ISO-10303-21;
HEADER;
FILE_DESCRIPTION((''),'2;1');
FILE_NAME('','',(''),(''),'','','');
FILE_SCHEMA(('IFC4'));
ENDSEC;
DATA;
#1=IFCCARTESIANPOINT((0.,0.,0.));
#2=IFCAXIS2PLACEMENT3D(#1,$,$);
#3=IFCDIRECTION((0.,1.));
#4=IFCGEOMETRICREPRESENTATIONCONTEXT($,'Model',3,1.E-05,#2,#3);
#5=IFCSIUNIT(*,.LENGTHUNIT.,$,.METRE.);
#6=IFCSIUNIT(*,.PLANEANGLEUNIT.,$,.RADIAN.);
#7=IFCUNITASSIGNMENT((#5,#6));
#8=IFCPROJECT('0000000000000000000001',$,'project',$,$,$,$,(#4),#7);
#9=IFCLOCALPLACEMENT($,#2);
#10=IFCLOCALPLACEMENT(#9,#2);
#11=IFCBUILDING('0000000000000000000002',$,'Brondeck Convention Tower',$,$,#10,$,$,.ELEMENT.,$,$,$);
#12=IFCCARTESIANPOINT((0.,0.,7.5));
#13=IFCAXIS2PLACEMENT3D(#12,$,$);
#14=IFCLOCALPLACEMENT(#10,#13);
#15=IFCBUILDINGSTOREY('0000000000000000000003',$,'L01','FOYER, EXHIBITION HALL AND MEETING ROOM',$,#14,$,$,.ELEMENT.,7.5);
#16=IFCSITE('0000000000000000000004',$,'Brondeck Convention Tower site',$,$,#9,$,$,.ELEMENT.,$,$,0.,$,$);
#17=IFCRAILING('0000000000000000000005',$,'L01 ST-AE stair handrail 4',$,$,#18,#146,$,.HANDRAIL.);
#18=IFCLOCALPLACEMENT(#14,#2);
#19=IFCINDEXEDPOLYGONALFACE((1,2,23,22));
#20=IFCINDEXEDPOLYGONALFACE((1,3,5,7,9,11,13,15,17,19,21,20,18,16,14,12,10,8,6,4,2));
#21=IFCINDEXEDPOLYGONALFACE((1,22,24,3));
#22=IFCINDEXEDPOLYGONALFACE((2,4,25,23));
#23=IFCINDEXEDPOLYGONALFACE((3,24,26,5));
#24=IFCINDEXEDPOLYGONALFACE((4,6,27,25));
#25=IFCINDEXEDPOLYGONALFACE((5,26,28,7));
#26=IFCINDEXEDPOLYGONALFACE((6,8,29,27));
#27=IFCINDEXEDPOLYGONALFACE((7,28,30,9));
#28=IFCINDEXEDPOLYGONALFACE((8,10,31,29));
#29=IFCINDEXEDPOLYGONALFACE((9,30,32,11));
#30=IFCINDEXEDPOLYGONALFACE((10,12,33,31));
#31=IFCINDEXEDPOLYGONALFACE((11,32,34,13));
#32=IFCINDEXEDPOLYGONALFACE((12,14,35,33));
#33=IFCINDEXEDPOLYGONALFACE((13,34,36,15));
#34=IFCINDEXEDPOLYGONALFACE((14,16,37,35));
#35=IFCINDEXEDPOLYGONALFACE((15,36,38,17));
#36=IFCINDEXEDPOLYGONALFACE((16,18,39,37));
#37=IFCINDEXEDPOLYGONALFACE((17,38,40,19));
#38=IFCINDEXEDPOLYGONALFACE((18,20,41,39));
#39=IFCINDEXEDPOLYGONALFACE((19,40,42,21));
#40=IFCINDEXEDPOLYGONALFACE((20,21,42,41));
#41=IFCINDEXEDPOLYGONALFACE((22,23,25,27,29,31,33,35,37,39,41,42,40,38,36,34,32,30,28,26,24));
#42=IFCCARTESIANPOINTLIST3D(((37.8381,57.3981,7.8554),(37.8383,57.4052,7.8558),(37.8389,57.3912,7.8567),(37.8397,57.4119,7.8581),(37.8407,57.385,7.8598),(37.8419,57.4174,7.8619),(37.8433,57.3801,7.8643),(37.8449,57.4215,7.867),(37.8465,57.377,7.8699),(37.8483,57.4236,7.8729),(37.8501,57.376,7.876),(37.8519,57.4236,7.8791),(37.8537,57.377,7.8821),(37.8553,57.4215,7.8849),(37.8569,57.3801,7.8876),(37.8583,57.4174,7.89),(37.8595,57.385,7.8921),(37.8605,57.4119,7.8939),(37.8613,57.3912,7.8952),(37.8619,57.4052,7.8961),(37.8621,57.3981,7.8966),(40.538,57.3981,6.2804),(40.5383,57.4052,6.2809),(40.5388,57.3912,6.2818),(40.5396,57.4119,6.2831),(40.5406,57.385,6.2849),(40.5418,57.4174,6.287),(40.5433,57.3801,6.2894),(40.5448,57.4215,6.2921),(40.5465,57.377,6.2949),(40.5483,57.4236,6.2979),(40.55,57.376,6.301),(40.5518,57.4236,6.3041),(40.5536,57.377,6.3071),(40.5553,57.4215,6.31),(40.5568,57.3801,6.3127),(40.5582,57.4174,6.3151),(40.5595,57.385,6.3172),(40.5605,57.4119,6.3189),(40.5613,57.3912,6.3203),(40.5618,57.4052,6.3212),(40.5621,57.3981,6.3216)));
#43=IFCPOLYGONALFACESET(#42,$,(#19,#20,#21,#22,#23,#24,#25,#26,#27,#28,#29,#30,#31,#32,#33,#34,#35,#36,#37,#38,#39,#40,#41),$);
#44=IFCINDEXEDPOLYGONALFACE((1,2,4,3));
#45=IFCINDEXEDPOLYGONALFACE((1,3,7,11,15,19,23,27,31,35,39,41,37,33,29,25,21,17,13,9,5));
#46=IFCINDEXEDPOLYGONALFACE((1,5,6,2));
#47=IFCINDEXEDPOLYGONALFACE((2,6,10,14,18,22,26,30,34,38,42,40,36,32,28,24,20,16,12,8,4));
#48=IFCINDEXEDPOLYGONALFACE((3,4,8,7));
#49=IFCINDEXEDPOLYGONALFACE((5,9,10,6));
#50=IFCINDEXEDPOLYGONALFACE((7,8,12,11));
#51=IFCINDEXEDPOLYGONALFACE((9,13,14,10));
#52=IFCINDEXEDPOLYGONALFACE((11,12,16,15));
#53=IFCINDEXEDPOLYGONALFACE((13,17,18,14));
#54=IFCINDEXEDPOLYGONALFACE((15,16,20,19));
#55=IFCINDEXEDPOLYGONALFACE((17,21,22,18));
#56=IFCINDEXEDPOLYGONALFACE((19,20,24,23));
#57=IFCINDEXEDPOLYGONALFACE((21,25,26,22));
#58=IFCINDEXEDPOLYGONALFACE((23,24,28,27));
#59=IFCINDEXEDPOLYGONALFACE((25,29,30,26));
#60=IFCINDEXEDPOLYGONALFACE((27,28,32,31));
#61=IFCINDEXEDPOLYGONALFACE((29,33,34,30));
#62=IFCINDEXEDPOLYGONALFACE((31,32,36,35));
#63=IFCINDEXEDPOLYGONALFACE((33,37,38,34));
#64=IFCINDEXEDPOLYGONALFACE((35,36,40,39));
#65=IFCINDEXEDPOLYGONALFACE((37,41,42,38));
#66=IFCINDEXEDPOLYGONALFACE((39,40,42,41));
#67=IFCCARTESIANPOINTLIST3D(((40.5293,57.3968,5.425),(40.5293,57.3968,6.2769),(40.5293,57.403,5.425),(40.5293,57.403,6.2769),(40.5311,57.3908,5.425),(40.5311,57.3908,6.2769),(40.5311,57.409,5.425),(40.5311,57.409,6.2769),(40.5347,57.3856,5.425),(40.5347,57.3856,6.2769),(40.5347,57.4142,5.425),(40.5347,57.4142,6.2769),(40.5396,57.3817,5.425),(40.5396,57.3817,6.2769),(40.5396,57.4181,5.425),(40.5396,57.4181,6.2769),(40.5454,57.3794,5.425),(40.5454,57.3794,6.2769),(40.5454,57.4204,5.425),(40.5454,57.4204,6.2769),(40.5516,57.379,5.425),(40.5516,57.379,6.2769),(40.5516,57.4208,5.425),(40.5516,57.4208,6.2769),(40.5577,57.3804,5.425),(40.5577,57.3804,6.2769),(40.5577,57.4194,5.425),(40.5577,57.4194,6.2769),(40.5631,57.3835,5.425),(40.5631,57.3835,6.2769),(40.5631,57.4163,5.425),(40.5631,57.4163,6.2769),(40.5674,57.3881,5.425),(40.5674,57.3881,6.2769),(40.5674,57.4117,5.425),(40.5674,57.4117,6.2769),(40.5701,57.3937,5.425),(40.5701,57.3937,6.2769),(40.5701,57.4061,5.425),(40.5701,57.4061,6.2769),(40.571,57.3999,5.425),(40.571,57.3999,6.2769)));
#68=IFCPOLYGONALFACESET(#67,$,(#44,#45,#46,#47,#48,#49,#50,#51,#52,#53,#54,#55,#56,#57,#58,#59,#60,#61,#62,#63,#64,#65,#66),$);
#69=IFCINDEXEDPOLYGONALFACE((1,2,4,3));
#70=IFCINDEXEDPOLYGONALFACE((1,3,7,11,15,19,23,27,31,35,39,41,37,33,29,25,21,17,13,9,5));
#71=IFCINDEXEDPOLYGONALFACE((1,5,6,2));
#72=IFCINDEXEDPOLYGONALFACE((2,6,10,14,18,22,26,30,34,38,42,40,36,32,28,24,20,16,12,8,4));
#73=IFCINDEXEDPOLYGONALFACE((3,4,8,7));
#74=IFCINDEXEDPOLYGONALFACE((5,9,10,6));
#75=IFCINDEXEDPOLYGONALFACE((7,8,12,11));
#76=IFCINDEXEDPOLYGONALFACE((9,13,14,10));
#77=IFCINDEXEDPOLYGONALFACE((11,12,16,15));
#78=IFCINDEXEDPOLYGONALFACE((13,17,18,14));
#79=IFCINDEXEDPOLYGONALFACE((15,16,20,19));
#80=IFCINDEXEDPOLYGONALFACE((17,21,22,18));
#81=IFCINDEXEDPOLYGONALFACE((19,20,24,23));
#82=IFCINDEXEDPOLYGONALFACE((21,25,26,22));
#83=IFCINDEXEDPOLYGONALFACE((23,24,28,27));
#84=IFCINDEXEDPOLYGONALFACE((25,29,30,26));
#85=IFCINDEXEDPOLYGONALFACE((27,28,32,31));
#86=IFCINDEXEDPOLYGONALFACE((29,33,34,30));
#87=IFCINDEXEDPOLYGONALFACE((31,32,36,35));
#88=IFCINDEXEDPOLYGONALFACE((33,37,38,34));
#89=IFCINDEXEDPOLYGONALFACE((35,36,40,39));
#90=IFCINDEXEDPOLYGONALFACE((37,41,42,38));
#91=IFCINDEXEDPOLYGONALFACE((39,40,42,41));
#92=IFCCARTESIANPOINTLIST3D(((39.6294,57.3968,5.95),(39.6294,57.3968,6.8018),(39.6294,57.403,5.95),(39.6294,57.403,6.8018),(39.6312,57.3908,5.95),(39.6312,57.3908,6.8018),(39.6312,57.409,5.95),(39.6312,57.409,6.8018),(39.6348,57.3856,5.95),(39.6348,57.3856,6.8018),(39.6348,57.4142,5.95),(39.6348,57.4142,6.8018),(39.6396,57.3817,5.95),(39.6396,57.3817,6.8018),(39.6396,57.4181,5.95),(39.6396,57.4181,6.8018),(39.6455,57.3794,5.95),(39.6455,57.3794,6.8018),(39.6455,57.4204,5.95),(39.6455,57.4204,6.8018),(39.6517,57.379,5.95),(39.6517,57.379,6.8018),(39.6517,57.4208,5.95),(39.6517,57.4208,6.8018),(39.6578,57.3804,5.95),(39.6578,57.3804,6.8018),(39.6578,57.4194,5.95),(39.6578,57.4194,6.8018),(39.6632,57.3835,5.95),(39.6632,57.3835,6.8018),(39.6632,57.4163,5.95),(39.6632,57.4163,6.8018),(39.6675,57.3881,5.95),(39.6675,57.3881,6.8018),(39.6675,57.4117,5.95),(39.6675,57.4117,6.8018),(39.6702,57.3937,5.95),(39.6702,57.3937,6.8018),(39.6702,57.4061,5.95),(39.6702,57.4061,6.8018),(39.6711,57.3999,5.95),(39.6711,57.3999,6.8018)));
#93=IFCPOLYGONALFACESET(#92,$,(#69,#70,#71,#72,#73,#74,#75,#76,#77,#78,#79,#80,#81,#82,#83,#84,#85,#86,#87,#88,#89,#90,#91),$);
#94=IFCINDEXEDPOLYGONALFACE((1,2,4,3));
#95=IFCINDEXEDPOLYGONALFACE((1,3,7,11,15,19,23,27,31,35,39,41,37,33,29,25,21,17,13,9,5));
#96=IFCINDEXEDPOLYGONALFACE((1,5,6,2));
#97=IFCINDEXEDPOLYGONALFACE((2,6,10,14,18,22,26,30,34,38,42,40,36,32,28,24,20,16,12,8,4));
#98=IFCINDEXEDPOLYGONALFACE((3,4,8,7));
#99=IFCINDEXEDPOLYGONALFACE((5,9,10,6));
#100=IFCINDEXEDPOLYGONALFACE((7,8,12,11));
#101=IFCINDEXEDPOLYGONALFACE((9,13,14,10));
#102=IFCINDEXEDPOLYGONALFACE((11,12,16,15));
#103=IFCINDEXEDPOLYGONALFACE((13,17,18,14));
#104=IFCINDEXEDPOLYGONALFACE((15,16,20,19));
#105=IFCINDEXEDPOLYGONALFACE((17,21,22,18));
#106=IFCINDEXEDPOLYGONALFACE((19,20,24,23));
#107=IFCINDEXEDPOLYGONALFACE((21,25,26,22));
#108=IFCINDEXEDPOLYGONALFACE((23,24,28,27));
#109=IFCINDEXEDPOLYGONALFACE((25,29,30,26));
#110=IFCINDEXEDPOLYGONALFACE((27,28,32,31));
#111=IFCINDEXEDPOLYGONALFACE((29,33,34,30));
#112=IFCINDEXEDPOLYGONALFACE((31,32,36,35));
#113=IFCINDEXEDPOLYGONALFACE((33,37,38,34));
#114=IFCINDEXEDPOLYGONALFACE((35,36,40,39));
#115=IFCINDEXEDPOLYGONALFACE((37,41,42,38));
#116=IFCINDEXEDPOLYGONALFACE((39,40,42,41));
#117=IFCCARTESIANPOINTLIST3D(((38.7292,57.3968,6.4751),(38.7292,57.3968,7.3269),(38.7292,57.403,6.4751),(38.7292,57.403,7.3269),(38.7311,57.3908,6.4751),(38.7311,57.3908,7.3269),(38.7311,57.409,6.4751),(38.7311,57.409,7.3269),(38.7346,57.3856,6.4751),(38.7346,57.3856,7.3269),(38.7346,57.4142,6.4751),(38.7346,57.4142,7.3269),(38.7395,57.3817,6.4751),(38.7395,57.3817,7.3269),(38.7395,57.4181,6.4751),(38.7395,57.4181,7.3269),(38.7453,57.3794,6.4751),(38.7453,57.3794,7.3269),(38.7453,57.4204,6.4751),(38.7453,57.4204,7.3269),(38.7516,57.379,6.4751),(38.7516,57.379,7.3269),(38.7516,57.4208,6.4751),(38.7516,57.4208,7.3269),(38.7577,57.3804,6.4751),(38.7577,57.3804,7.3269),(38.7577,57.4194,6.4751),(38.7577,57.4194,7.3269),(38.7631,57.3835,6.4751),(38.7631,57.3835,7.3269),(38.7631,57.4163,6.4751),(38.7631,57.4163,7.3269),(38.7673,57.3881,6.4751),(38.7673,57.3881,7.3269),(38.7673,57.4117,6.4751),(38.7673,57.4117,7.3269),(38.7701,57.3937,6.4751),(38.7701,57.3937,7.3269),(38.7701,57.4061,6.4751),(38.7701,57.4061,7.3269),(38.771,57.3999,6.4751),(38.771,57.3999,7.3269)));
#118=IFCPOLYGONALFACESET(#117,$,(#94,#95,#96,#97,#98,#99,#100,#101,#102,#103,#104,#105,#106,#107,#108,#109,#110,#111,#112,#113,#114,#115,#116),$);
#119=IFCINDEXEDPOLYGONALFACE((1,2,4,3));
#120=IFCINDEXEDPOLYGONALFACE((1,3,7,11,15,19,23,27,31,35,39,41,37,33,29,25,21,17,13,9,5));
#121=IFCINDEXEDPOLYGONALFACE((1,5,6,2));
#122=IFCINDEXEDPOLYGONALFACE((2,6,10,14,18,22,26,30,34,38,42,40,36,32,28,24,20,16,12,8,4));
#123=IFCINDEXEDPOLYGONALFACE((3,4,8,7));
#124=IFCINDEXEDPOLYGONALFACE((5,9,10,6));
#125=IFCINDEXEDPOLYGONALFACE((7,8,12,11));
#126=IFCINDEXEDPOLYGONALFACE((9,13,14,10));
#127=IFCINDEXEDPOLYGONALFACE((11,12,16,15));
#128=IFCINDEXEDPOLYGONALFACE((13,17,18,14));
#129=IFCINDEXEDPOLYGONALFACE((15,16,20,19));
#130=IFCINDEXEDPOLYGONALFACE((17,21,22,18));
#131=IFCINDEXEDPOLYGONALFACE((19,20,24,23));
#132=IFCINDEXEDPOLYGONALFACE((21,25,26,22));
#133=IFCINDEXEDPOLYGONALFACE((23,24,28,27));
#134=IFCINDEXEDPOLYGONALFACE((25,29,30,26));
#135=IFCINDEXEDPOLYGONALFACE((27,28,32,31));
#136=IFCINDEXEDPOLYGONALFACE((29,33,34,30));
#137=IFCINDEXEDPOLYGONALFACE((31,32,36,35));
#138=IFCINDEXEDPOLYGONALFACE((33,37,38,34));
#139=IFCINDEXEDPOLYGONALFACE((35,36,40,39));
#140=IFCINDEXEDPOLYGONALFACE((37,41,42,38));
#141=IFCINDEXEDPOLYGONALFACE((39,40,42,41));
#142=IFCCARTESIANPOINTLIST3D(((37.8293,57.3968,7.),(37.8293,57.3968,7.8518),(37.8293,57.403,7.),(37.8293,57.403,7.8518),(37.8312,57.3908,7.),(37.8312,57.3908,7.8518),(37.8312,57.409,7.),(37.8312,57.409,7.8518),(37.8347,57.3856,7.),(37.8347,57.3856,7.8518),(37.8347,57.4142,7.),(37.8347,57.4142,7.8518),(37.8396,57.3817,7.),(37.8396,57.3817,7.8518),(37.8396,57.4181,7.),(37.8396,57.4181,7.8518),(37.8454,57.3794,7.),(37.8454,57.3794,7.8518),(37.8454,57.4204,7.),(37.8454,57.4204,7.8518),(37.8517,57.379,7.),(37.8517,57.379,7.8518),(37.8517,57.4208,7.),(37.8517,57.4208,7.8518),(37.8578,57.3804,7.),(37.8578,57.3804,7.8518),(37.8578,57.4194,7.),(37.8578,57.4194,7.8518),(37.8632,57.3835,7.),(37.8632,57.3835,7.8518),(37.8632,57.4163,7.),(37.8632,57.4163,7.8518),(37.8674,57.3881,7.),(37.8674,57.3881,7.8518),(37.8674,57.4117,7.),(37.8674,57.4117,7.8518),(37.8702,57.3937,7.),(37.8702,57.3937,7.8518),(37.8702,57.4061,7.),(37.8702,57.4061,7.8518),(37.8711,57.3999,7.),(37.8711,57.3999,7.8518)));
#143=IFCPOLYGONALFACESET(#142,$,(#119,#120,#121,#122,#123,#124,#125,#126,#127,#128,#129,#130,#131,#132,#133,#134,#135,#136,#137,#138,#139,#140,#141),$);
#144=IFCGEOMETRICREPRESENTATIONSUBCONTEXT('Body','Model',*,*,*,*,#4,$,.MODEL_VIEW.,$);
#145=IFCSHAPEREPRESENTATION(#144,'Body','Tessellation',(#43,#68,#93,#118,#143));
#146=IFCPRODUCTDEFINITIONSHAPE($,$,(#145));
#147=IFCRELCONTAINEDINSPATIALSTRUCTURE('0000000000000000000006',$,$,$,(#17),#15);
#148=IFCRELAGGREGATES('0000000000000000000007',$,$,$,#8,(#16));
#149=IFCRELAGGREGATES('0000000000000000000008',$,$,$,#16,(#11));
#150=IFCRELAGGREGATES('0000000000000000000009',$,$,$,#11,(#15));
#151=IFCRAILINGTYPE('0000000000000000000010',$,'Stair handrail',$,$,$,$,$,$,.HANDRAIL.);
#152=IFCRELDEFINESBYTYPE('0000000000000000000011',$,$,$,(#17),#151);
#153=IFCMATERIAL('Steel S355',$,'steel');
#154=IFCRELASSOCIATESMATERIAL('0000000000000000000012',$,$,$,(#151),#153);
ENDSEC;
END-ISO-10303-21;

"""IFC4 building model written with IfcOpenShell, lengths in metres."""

from ifc_helpers import new_model, si_unit, direction, frame, origin, origin_2d, place, context, subcontext, project, spatial, circle, extrude, material, type_object, element, save


model = new_model("IFC4")

# Units and contexts
model_context = context("Model", 3, precision=1e-05, world=origin(), true_north=direction((0.0, 1.0)))
body_context = subcontext(model_context, "Body", "Model", "MODEL_VIEW")
ifc_project = project(units=[si_unit("LENGTHUNIT", "METRE"), si_unit("PLANEANGLEUNIT", "RADIAN")], contexts=[model_context])

# Site, building, storey
site_placement = place(None, origin())
site = spatial("IfcSite", under=ifc_project, at=site_placement, Name="Brondeck Convention Tower site", CompositionType="ELEMENT", RefElevation=0.0)
building_placement = place(site_placement, origin())
building = spatial("IfcBuilding", under=site, at=building_placement, Name="Brondeck Convention Tower", CompositionType="ELEMENT")
storey_placement = place(building_placement, frame((0.0, 0.0, 7.5)))
storey = spatial("IfcBuildingStorey", under=building, at=storey_placement, Name="L01", Description="FOYER, EXHIBITION HALL AND MEETING ROOM", CompositionType="ELEMENT", Elevation=7.5)

# Shared definitions
ifc_material_1 = material(Name="Steel S355", Category="steel")

# Railing
railing_type_1 = type_object("IfcRailingType", Name="Stair handrail", PredefinedType="HANDRAIL", material=ifc_material_1)
railing_1_placement = place(storey_placement, frame((40.55, 57.3999, 5.425)))
element("IfcRailing", 1, at=railing_1_placement, inside=storey, type_object=railing_type_1, Name="L01 ST-AE stair handrail 4", PredefinedType="HANDRAIL", context=body_context, shape_type="SweptSolid", body=[
    extrude(circle(Radius=0.0239, at=origin_2d()), frame((0.0, 0.0, 0.876), z_axis=(-0.863782, 0.0, 0.503866), x_axis=(0.0, -1.0, 0.0)), (0.0, 0.0, 1.0), 3.1257),
    extrude(circle(Radius=0.021, at=origin_2d()), origin(), (0.0, 0.0, 1.0), 0.8518),
    extrude(circle(Radius=0.021, at=origin_2d()), frame((-0.8999, 0.0, 0.5249)), (0.0, 0.0, 1.0), 0.8518),
    extrude(circle(Radius=0.021, at=origin_2d()), frame((-1.8, 0.0, 1.05)), (0.0, 0.0, 1.0), 0.8518),
    extrude(circle(Radius=0.021, at=origin_2d()), frame((-2.7, 0.0, 1.575)), (0.0, 0.0, 1.0), 0.8518),
])

save(model, "model.ifc")
